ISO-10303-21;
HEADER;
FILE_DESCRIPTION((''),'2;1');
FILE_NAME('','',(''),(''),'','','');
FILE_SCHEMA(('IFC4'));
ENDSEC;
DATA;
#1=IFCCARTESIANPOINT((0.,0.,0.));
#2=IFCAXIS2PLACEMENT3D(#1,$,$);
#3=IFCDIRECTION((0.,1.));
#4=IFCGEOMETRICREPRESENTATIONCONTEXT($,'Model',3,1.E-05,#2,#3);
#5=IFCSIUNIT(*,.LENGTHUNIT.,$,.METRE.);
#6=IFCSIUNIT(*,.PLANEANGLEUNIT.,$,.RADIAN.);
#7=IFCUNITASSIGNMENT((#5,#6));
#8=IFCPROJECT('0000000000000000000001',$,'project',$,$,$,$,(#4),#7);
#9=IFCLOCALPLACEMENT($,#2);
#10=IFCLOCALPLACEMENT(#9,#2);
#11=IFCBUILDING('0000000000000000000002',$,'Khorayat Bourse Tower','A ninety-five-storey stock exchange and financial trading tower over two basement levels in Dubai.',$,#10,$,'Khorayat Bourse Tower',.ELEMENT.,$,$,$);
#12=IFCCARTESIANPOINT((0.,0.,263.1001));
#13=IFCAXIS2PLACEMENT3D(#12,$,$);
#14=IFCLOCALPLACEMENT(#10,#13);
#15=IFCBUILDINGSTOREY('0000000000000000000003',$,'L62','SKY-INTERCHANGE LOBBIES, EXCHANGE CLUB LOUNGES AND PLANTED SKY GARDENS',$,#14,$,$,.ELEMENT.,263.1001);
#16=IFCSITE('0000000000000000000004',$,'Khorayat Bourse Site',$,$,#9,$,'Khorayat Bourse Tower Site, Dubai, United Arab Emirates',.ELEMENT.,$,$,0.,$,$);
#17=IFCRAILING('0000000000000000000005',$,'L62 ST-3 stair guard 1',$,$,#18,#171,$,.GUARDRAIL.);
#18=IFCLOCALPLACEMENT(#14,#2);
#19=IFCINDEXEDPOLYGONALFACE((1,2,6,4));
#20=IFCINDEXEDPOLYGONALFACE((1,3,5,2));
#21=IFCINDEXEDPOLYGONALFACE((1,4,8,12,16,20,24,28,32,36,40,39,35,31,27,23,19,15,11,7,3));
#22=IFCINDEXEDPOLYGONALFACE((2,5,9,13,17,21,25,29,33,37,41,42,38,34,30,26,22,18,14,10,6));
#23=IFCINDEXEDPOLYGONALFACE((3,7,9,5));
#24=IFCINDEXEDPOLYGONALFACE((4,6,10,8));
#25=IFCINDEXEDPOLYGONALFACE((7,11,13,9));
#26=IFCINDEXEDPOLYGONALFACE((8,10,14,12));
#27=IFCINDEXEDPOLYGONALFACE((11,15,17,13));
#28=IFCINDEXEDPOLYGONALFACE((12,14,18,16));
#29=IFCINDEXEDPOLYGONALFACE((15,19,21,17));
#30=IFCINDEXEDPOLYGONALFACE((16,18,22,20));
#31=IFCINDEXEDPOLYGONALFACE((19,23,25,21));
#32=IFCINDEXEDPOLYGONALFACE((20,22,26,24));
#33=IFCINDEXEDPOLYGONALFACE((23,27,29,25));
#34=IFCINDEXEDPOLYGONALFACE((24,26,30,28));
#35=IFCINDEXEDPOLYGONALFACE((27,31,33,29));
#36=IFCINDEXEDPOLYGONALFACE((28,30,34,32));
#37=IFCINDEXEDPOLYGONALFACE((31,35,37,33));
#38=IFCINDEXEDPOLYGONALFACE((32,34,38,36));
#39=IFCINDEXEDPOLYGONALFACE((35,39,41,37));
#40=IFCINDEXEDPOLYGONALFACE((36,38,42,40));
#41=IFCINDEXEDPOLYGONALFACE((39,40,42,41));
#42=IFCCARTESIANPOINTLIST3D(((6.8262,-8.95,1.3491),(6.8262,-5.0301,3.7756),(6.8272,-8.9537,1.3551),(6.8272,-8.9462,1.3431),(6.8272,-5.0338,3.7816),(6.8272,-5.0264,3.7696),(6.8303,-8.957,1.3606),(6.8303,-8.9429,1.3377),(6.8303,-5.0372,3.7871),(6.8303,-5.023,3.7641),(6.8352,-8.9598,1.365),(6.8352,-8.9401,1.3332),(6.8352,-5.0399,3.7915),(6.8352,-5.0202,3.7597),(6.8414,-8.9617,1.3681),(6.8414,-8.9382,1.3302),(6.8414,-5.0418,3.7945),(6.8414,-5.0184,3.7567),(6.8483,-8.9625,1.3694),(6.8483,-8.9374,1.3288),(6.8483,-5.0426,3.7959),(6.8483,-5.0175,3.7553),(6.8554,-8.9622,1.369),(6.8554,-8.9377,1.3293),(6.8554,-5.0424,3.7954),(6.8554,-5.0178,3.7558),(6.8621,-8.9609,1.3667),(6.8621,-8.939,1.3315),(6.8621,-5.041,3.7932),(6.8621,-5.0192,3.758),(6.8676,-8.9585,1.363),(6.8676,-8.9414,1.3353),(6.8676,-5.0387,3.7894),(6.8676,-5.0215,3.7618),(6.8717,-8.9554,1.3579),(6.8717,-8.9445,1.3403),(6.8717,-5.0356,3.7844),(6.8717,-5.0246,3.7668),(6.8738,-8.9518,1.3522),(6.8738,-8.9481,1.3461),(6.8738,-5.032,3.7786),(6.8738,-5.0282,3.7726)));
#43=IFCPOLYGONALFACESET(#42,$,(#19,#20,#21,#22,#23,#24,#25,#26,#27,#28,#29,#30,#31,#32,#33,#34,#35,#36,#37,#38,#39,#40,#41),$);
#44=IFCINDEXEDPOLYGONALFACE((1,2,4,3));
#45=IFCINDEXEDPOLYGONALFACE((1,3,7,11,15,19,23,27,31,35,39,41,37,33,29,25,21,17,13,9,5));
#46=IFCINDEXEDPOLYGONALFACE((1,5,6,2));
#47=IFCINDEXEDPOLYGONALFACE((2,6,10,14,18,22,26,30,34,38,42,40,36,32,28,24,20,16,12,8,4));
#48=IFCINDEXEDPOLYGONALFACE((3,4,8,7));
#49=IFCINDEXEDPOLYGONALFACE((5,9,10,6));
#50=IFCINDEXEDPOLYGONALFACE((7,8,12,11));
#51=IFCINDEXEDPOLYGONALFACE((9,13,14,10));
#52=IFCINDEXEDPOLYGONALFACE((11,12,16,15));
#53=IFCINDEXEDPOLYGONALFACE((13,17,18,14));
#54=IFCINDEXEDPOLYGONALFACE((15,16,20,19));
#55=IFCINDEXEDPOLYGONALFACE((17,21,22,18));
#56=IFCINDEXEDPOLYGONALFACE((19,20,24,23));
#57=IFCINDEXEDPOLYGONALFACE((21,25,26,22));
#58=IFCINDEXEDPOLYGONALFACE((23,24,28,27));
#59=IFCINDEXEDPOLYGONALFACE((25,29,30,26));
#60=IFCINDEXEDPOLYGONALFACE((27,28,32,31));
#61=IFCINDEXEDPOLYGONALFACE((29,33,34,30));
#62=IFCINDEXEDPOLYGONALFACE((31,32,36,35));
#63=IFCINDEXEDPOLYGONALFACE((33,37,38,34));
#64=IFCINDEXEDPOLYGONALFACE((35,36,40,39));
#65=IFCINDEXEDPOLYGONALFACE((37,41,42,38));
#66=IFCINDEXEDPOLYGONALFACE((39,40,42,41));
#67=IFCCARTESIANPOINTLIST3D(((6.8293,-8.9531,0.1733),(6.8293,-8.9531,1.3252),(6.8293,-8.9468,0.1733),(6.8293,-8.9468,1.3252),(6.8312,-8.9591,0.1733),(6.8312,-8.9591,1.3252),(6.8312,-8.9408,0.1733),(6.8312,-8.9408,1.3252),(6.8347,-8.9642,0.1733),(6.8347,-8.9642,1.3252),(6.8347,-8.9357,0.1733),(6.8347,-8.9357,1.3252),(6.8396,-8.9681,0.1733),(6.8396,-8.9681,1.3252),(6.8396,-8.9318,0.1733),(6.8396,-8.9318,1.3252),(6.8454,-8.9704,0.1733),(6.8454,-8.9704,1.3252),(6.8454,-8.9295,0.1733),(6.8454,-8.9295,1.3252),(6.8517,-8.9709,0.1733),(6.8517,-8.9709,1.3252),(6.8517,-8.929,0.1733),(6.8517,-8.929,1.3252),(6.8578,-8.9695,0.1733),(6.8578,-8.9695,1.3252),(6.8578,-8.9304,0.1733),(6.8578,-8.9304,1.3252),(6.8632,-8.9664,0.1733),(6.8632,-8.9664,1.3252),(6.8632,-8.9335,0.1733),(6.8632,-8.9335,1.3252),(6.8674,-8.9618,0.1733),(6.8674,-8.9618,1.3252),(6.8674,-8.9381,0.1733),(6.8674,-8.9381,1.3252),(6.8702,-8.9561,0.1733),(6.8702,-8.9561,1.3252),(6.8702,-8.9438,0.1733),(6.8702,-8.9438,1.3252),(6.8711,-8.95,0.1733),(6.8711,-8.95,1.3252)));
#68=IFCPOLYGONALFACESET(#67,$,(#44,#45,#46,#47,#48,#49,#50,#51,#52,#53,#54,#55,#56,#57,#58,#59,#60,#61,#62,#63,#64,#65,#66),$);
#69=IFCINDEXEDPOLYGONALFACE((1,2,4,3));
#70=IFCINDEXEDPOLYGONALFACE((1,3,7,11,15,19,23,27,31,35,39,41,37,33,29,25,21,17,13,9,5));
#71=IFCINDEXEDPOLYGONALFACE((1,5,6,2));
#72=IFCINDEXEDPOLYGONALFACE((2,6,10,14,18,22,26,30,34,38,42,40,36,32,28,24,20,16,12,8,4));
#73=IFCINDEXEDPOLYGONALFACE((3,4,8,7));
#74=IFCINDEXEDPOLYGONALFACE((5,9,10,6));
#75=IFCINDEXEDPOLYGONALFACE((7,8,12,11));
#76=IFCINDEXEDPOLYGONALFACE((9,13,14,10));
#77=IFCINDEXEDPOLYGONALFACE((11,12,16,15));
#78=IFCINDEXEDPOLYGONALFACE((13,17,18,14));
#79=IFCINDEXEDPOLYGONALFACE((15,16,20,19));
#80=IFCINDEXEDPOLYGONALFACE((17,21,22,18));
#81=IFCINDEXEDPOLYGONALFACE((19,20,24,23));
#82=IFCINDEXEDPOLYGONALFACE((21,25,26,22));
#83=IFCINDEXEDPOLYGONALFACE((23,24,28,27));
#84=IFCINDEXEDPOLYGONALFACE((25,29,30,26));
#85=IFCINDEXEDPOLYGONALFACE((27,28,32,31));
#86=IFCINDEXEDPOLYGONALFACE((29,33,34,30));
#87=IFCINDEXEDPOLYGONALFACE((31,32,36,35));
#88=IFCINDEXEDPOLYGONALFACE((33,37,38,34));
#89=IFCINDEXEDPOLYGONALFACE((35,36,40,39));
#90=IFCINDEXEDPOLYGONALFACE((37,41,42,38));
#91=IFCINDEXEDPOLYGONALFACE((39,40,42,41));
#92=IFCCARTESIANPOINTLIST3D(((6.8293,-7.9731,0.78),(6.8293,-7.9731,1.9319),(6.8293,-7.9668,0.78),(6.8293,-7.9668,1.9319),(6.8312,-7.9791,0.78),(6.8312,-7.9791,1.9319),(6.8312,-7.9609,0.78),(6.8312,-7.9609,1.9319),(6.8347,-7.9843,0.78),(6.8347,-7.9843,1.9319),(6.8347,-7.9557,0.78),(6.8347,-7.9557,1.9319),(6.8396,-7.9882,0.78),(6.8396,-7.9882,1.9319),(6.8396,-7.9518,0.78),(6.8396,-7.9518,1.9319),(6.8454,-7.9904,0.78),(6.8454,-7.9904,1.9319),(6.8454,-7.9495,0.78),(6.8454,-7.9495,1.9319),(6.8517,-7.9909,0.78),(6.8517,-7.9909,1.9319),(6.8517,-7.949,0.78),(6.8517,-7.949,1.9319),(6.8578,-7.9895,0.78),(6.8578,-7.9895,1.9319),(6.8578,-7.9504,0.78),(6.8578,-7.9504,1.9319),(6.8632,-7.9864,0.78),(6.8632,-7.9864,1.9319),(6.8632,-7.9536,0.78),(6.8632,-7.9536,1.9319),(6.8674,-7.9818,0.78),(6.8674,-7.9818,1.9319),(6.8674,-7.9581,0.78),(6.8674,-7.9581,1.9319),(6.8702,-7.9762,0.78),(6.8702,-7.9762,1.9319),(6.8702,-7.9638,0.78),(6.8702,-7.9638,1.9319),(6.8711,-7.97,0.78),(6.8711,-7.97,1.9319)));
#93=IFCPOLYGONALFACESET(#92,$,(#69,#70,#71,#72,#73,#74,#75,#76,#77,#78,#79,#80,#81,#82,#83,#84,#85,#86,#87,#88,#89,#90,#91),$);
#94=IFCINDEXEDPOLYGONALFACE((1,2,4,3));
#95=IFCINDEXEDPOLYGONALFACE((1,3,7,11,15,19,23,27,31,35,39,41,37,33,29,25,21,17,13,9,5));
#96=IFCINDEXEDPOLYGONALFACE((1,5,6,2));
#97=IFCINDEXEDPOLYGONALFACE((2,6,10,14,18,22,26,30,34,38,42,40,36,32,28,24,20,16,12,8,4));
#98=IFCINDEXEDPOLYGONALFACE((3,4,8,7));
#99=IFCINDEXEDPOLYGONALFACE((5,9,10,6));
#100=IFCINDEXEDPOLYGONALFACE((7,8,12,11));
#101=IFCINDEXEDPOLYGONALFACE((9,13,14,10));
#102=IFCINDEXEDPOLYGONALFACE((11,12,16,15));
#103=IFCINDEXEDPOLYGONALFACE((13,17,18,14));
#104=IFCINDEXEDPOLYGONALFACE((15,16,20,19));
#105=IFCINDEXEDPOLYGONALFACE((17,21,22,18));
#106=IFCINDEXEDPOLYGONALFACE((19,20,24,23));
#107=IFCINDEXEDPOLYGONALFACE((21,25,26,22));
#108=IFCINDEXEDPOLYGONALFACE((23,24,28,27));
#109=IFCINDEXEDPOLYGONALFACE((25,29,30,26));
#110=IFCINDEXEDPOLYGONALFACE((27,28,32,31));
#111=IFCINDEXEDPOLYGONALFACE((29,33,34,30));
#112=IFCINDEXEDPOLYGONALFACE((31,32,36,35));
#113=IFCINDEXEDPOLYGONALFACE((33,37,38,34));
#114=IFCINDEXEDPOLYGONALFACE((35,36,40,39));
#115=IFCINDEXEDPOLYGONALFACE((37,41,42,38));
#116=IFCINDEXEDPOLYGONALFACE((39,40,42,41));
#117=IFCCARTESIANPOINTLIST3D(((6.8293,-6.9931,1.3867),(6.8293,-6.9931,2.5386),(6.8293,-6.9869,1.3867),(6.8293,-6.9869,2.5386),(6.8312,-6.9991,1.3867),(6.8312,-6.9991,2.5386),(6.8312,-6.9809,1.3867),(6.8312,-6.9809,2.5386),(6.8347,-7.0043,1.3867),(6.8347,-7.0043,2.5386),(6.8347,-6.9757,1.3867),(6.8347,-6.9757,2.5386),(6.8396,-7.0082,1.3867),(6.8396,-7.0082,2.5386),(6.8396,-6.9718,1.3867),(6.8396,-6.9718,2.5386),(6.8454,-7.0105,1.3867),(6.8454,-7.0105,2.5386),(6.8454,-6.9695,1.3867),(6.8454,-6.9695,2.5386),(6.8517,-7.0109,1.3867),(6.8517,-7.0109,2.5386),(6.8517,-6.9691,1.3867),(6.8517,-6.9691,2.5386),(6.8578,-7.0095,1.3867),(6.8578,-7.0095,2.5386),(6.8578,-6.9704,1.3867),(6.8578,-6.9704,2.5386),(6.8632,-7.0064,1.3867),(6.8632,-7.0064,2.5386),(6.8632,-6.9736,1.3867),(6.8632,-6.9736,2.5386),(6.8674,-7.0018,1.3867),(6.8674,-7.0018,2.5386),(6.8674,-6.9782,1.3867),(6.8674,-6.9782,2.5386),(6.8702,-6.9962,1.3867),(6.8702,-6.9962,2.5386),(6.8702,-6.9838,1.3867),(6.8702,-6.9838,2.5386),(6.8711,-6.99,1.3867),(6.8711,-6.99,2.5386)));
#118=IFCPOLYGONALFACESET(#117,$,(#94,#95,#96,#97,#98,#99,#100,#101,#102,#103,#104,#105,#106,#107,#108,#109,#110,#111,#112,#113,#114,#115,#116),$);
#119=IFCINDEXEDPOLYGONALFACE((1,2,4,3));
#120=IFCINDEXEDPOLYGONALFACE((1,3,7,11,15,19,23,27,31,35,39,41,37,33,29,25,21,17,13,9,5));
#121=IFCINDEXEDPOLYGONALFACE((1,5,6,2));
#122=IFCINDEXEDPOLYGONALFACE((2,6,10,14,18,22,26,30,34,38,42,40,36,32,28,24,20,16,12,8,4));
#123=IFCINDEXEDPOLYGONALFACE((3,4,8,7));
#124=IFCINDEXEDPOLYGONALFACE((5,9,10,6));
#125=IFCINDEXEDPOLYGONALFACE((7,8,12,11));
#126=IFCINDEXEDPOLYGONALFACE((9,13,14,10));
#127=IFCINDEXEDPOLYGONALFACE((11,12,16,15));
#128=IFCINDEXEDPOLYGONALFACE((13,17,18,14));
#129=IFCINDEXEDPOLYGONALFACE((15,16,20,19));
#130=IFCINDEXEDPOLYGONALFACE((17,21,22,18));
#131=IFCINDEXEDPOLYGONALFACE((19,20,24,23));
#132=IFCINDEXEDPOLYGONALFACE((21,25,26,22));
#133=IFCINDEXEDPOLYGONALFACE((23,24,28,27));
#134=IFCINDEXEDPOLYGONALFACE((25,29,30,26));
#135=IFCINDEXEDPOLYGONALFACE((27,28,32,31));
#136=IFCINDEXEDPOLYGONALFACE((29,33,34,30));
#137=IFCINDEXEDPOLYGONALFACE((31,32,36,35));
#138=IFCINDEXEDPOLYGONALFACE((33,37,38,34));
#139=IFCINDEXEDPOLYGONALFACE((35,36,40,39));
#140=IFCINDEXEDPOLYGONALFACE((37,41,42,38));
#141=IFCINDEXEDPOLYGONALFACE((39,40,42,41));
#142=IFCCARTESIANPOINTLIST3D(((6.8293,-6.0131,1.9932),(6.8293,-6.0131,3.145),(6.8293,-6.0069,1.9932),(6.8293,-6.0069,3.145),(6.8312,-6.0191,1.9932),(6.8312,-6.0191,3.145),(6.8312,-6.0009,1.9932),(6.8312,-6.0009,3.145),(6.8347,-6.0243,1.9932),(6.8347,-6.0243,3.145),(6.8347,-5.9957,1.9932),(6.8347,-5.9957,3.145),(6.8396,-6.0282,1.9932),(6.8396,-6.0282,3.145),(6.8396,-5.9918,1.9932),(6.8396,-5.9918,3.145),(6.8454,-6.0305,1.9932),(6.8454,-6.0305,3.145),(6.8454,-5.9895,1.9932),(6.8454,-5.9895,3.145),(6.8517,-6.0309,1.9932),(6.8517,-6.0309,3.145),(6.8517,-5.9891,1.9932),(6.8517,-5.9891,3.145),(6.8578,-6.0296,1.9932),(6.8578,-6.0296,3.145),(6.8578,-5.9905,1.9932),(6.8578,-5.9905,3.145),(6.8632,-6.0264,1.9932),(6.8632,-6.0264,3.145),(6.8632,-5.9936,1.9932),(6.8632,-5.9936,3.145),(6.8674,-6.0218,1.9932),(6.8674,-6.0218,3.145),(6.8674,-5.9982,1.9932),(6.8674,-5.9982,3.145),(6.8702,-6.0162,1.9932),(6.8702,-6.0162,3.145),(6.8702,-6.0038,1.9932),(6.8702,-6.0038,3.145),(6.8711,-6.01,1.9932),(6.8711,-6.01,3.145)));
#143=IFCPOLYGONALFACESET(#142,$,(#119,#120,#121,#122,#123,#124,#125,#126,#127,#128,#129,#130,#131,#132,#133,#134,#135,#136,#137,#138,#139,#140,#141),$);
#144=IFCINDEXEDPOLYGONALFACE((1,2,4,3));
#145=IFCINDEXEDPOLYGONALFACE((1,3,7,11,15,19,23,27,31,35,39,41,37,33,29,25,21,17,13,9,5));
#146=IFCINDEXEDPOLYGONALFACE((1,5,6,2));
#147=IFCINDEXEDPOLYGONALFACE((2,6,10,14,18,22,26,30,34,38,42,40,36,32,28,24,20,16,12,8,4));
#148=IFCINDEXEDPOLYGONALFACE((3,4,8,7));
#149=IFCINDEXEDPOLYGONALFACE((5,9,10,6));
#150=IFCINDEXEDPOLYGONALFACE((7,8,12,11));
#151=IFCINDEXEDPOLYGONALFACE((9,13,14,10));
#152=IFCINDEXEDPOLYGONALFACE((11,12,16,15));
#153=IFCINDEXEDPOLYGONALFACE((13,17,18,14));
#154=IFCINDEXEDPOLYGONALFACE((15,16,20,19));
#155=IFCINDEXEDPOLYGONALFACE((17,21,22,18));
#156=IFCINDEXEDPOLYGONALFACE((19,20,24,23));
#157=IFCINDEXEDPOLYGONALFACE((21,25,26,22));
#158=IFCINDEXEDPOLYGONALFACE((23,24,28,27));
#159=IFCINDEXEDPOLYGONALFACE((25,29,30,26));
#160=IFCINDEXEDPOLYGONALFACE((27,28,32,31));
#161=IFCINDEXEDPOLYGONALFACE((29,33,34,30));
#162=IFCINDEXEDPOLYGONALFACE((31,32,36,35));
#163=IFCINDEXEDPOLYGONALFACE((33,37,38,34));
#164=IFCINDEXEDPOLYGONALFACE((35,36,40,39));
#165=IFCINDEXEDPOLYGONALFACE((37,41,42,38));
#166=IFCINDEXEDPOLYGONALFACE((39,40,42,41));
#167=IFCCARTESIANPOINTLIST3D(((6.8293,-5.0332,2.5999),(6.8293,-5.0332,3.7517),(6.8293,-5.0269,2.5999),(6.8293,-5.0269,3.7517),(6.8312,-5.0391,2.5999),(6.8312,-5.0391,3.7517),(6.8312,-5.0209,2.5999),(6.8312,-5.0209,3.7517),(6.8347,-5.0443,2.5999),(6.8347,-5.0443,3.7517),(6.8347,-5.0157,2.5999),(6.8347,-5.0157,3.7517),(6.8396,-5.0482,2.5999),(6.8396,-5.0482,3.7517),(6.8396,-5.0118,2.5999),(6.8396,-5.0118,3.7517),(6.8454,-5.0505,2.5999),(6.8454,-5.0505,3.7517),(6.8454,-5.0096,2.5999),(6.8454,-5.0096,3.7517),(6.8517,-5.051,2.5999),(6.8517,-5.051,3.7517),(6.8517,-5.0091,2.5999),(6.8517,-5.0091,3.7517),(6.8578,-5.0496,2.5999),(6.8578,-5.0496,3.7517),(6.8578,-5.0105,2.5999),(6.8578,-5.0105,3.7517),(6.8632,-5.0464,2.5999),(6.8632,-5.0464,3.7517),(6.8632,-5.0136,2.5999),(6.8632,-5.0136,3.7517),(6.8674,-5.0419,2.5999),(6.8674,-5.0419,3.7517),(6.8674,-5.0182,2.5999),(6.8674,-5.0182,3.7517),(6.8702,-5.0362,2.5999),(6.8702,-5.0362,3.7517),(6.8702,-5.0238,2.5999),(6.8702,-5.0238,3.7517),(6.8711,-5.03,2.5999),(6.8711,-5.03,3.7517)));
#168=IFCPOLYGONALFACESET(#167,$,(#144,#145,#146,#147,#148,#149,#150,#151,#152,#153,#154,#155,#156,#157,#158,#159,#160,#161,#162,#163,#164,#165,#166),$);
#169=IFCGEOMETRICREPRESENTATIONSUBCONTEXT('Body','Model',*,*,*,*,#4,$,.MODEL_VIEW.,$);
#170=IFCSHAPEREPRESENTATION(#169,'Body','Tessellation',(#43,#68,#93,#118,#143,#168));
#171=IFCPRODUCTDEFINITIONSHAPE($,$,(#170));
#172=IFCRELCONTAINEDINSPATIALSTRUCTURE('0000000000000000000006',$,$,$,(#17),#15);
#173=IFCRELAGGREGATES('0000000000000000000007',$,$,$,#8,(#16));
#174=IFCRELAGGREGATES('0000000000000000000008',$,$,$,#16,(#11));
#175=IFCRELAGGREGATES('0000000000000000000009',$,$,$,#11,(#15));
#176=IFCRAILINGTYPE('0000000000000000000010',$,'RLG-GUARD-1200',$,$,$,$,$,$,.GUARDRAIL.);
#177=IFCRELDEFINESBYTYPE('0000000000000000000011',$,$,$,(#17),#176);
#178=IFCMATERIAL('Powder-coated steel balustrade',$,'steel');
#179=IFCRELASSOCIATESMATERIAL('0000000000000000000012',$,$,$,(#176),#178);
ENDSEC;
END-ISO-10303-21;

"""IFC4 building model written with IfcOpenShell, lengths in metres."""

from ifc_helpers import new_model, si_unit, direction, frame, origin, origin_2d, place, context, subcontext, project, spatial, circle, extrude, source, transform, mapped, material, type_object, element, save


model = new_model("IFC4")

# Units and contexts
model_context = context("Model", 3, precision=1e-05, world=origin(), true_north=direction((0.0, 1.0)))
body_context = subcontext(model_context, "Body", "Model", "MODEL_VIEW")
ifc_project = project(units=[si_unit("LENGTHUNIT", "METRE"), si_unit("PLANEANGLEUNIT", "RADIAN")], contexts=[model_context])

# Site, building, storey
site_placement = place(None, origin())
site = spatial("IfcSite", under=ifc_project, at=site_placement, Name="Khorayat Bourse Site", LongName="Khorayat Bourse Tower Site, Dubai, United Arab Emirates", CompositionType="ELEMENT", RefElevation=0.0)
building_placement = place(site_placement, origin())
building = spatial("IfcBuilding", under=site, at=building_placement, Name="Khorayat Bourse Tower", Description="A ninety-five-storey stock exchange and financial trading tower over two basement levels in Dubai.", LongName="Khorayat Bourse Tower", CompositionType="ELEMENT")
storey_placement = place(building_placement, frame((0.0, 0.0, 263.1001)))
storey = spatial("IfcBuildingStorey", under=building, at=storey_placement, Name="L62", Description="SKY-INTERCHANGE LOBBIES, EXCHANGE CLUB LOUNGES AND PLANTED SKY GARDENS", CompositionType="ELEMENT", Elevation=263.1001)

# Railing
ifc_material_1 = material(Name="Powder-coated steel balustrade", Category="steel")
railing_type_1 = type_object("IfcRailingType", Name="RLG-GUARD-1200", PredefinedType="GUARDRAIL", material=ifc_material_1)
shared_shape_1 = source(origin(), body_context, "Body", "SweptSolid", [
    extrude(circle(Radius=0.0239, at=origin_2d()), frame((0.0, 0.0, 1.1758), z_axis=(0.0, 0.850275, 0.526338), x_axis=(-1.0, 0.0, 0.0)), (0.0, 0.0, 1.0), 4.6101),
    extrude(circle(Radius=0.021, at=origin_2d()), origin(), (0.0, 0.0, 1.0), 1.1519),
    extrude(circle(Radius=0.021, at=origin_2d()), frame((0.0, 0.98, 0.6067)), (0.0, 0.0, 1.0), 1.1519),
    extrude(circle(Radius=0.021, at=origin_2d()), frame((0.0, 1.96, 1.2134)), (0.0, 0.0, 1.0), 1.1519),
    extrude(circle(Radius=0.021, at=origin_2d()), frame((0.0, 2.9399, 1.8198)), (0.0, 0.0, 1.0), 1.1519),
    extrude(circle(Radius=0.021, at=origin_2d()), frame((0.0, 3.9199, 2.4265)), (0.0, 0.0, 1.0), 1.1519),
])
railing_1_placement = place(storey_placement, frame((6.8501, -8.95, 0.1733)))
element("IfcRailing", 1, at=railing_1_placement, inside=storey, type_object=railing_type_1, Name="L62 ST-3 stair guard 1", PredefinedType="GUARDRAIL", context=body_context, shape_type="MappedRepresentation", body=[
    mapped(shared_shape_1, transform((0.0, 0.0, 0.0), scale=1.0)),
])

save(model, "model.ifc")
